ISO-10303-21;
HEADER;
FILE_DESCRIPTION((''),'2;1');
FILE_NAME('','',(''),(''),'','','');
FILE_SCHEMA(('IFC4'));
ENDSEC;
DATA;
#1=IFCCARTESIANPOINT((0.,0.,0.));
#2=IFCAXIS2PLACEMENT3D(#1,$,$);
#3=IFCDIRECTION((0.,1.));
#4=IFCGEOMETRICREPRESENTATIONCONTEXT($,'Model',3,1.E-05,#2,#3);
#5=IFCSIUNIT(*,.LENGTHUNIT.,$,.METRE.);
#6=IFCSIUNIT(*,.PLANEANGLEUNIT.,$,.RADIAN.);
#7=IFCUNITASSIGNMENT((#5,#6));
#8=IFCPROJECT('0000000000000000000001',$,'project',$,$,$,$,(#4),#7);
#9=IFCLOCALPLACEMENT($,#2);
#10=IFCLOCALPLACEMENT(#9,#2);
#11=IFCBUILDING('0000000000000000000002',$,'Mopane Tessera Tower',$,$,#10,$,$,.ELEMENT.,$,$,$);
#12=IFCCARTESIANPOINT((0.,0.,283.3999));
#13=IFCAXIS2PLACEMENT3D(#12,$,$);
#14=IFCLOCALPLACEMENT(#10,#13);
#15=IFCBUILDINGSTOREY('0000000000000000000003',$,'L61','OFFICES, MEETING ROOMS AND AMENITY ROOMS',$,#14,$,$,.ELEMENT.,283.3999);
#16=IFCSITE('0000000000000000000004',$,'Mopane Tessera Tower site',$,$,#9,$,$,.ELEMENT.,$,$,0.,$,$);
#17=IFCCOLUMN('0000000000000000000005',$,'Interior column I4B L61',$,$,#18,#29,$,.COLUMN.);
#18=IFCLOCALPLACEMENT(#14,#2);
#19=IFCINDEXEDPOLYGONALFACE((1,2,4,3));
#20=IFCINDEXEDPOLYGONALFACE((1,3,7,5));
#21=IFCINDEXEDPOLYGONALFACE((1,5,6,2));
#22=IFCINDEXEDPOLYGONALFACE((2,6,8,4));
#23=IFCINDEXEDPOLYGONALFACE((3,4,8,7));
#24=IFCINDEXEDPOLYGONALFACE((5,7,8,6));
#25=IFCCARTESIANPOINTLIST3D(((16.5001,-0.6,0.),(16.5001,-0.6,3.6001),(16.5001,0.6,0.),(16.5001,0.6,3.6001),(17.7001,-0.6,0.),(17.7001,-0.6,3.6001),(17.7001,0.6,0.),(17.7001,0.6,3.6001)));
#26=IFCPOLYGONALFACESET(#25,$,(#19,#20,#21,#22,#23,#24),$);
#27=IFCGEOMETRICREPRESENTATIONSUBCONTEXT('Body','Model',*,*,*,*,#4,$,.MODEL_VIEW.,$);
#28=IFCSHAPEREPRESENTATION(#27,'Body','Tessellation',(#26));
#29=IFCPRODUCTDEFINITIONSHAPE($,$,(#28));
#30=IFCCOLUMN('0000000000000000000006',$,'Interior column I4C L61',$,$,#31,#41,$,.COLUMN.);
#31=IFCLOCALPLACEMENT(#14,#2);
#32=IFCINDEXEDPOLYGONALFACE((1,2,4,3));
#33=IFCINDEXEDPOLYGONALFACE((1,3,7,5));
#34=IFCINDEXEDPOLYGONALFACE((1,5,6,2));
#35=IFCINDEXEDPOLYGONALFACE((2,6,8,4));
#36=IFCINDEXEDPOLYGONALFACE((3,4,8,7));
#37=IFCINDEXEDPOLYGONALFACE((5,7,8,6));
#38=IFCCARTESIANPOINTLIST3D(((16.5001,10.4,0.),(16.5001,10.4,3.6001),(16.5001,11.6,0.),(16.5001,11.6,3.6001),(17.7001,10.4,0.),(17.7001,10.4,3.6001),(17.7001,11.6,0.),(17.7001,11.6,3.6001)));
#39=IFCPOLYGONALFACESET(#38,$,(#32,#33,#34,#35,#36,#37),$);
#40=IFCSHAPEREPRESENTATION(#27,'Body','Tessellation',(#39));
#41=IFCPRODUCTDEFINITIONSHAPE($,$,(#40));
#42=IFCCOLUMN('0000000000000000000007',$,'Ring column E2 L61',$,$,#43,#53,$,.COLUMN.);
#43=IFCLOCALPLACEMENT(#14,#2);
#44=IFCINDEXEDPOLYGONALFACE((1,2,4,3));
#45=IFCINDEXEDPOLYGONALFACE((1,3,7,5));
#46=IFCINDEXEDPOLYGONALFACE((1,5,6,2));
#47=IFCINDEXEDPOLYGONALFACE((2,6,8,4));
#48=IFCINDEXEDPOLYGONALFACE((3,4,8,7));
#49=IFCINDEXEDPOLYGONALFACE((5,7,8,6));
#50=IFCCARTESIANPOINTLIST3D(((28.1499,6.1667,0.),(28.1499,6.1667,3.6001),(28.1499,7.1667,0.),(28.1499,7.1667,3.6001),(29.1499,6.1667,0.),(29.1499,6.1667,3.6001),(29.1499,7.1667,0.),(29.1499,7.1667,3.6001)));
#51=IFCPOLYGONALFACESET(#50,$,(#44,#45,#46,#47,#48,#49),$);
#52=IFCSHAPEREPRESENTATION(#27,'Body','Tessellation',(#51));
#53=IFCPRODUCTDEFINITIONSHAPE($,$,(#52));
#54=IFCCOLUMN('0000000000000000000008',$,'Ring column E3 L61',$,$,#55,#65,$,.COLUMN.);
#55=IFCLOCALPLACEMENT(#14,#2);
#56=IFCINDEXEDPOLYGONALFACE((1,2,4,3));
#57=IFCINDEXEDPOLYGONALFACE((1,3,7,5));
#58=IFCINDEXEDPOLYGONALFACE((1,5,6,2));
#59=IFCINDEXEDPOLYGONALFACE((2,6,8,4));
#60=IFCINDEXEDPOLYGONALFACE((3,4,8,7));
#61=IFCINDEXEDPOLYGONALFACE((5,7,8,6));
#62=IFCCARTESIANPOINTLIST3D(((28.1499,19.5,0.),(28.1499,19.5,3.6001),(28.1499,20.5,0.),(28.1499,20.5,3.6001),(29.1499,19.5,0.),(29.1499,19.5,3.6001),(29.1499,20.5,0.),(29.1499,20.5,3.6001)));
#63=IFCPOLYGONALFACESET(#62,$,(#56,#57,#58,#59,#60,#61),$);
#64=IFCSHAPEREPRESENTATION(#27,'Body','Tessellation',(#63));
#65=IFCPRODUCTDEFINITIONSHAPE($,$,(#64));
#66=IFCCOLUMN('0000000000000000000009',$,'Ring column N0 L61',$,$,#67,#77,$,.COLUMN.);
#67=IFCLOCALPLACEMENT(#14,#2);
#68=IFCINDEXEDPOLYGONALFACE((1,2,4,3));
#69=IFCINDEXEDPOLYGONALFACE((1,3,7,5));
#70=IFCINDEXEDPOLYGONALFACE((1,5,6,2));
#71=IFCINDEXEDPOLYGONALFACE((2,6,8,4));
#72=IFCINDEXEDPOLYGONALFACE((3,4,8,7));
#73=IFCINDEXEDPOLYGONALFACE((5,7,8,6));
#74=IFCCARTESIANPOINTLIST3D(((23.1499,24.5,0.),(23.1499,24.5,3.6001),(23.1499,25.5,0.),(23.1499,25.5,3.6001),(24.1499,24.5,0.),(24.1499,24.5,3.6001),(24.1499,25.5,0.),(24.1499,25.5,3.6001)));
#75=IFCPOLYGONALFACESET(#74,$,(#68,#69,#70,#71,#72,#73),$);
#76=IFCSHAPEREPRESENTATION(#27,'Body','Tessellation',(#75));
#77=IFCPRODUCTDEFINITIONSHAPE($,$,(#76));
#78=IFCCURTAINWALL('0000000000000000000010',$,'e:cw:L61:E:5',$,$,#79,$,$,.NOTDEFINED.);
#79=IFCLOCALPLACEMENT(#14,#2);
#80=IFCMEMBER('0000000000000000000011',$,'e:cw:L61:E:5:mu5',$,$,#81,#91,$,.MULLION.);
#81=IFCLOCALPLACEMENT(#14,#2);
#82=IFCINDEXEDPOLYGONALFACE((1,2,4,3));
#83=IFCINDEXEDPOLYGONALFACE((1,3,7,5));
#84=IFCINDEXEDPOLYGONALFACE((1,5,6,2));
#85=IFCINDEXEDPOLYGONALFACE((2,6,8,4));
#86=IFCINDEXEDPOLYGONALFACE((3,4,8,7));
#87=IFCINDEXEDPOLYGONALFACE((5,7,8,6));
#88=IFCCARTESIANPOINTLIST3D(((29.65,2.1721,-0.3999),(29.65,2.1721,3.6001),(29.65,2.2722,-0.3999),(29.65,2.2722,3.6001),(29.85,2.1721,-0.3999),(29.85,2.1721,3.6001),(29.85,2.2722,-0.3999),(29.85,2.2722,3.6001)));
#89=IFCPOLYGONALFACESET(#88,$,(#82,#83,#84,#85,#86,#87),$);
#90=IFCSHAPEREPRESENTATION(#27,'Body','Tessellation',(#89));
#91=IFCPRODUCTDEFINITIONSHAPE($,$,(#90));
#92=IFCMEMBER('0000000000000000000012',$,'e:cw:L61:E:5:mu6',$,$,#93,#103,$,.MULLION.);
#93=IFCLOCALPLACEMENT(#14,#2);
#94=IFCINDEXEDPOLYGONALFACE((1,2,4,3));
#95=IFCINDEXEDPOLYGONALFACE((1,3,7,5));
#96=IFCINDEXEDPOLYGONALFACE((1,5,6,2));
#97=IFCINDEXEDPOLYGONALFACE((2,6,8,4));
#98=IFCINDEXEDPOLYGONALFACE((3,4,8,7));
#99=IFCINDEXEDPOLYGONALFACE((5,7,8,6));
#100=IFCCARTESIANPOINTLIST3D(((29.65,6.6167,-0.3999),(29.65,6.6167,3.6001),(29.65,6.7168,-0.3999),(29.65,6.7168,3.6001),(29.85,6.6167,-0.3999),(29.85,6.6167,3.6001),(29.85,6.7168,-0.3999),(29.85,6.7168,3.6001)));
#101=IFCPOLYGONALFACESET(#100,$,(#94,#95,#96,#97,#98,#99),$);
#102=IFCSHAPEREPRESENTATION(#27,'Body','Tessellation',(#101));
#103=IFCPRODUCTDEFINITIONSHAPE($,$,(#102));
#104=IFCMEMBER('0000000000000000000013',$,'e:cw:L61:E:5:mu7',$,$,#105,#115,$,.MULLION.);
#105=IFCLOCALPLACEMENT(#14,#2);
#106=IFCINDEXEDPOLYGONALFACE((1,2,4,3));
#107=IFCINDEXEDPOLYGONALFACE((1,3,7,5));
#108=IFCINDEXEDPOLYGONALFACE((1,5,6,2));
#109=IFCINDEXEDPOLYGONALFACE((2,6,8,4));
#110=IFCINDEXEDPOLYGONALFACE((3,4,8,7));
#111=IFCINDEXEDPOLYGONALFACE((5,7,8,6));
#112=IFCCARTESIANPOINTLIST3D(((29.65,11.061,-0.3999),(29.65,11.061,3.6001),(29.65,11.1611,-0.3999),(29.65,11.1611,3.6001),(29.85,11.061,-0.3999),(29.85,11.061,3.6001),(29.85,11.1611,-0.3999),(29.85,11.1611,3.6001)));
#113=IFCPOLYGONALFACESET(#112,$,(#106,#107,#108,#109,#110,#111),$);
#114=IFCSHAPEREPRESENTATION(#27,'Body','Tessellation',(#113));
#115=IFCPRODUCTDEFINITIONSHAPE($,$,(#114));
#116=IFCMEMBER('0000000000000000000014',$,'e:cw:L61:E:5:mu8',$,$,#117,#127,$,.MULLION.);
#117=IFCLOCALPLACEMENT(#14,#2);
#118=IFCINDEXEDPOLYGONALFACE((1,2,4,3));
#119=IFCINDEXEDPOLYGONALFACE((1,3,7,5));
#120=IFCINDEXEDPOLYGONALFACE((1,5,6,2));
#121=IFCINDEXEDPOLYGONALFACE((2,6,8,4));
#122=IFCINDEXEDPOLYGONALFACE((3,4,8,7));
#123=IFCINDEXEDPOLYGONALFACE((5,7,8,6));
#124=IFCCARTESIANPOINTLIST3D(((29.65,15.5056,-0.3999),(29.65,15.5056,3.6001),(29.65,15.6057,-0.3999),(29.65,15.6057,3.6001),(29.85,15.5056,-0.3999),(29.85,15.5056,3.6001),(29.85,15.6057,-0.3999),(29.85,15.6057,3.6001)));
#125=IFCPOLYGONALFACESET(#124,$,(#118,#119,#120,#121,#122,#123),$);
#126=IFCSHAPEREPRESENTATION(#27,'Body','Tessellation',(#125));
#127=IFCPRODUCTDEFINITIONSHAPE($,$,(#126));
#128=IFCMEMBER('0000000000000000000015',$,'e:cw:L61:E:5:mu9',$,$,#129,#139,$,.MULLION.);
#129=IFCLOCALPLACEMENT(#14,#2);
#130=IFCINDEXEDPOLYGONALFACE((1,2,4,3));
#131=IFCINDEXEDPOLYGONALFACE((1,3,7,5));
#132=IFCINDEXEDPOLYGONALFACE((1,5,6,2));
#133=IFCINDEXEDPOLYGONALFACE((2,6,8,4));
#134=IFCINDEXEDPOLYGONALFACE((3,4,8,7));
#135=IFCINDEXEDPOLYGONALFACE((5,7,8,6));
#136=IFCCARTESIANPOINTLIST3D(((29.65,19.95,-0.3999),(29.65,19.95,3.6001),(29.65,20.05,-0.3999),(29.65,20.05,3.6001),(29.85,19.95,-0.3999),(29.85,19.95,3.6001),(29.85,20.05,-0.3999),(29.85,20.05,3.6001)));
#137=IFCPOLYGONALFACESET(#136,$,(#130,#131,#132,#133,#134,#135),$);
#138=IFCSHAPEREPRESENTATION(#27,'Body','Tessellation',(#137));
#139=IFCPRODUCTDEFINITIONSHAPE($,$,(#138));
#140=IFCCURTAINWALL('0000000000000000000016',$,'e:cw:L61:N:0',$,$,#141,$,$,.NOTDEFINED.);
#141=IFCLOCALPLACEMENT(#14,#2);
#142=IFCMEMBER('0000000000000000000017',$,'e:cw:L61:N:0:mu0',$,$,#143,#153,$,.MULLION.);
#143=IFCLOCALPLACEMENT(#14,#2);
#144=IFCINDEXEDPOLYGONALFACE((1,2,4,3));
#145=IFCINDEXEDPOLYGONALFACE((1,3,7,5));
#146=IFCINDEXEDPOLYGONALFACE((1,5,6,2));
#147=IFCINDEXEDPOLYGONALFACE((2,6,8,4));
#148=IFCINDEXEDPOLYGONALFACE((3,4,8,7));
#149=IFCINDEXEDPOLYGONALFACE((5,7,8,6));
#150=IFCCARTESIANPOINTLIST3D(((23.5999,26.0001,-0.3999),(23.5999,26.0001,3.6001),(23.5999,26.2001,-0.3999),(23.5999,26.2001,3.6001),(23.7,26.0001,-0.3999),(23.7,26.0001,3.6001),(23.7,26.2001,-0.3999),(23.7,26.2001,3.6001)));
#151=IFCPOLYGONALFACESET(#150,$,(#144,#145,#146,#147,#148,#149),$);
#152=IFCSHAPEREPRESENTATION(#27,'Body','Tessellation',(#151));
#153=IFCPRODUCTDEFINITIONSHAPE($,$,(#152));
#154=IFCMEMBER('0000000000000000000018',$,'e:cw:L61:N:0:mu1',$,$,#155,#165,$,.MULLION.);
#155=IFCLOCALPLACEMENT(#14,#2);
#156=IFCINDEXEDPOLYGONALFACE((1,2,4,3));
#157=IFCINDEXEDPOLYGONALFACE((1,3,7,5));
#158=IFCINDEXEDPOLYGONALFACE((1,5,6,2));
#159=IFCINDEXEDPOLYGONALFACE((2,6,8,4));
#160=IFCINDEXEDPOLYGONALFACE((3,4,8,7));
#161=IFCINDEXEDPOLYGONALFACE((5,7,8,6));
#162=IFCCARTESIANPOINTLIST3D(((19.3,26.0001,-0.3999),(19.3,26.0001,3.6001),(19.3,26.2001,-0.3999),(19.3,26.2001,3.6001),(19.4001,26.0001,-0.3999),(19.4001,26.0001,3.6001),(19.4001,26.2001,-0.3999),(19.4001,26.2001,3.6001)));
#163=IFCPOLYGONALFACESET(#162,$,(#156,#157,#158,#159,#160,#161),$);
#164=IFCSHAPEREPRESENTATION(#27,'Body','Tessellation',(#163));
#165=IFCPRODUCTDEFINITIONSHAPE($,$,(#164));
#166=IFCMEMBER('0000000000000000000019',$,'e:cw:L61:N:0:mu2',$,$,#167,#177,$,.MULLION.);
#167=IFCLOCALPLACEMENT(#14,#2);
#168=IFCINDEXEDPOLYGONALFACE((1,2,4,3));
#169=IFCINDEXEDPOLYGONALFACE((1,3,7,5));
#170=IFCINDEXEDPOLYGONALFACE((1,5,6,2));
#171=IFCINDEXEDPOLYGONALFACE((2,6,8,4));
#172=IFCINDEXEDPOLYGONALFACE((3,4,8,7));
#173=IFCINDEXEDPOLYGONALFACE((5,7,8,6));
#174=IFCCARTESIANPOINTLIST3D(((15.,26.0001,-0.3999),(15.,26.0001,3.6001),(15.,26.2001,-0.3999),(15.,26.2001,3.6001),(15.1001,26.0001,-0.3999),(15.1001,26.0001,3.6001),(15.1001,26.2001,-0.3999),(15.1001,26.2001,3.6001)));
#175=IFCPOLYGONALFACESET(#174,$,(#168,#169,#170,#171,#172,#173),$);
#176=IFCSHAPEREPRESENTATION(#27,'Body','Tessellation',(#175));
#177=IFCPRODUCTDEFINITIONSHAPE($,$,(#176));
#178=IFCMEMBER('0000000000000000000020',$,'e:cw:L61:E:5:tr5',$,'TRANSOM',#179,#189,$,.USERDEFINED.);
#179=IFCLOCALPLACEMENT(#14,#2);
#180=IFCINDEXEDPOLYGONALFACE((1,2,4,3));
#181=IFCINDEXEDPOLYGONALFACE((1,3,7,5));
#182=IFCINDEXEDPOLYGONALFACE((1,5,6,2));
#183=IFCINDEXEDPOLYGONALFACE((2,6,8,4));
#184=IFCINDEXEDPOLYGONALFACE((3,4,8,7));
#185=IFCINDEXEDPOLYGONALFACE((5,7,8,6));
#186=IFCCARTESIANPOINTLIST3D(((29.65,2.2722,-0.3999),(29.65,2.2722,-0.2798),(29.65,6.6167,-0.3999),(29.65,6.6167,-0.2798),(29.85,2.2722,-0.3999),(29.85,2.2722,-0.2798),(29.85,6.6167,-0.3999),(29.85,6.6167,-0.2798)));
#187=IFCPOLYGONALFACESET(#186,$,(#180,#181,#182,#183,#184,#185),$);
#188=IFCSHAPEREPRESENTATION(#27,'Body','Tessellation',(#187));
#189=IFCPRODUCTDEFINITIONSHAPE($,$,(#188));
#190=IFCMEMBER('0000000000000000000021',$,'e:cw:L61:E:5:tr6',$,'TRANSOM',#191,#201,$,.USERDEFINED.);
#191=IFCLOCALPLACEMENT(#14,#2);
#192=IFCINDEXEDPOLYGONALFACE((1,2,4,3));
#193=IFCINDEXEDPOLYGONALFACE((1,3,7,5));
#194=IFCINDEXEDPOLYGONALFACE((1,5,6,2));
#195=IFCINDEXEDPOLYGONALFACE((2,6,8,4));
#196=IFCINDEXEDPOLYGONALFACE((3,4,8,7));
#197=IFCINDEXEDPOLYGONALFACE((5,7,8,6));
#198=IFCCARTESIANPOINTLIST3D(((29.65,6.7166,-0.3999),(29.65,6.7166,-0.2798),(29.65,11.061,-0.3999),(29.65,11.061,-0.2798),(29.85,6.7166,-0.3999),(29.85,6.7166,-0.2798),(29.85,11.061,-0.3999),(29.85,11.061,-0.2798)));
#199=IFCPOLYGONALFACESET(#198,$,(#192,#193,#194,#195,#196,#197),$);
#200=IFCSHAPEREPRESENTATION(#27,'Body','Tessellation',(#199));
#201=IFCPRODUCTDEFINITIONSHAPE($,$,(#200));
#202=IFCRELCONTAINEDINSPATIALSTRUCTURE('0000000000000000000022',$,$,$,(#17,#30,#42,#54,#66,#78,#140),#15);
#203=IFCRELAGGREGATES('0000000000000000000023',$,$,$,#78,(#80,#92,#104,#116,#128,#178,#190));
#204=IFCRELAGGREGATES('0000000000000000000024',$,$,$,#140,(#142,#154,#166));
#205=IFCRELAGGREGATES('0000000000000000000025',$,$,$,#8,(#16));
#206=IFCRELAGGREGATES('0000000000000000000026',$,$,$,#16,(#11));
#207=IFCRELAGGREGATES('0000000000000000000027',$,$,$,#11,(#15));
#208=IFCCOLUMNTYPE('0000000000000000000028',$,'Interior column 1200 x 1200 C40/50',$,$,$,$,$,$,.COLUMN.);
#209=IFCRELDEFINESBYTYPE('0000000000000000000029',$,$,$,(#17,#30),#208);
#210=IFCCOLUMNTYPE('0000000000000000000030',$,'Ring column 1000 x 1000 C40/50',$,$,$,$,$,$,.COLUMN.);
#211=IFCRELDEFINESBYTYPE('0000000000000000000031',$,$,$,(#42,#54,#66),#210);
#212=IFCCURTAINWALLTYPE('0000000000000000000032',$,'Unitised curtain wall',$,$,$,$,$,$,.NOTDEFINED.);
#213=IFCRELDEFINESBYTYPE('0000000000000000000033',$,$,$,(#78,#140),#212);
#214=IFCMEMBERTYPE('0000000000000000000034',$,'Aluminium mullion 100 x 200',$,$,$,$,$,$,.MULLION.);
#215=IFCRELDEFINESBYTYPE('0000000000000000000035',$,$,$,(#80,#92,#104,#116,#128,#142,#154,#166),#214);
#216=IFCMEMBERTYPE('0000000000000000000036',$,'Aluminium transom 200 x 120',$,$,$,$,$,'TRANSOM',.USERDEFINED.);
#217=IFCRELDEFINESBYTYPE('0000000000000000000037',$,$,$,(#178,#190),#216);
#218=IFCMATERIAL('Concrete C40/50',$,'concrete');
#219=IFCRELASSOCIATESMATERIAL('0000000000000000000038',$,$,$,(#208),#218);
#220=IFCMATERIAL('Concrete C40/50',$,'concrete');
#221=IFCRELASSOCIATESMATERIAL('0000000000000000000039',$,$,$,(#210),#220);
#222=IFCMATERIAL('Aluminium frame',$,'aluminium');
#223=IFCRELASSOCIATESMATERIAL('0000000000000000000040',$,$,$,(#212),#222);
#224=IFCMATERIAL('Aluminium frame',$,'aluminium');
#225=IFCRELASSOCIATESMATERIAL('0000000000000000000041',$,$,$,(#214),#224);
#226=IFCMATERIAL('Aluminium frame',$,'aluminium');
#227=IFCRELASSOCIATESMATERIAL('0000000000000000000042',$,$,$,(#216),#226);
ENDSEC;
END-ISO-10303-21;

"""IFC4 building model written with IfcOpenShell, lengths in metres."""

from ifc_helpers import new_model, si_unit, direction, frame, origin, origin_2d, place, context, subcontext, project, spatial, rectangle, extrude, material, material_profile, profile_set, type_object, element, aggregate, save


model = new_model("IFC4")

# Units and contexts
model_context = context("Model", 3, precision=1e-05, world=origin(), true_north=direction((0.0, 1.0)))
body_context = subcontext(model_context, "Body", "Model", "MODEL_VIEW")
ifc_project = project(units=[si_unit("LENGTHUNIT", "METRE"), si_unit("PLANEANGLEUNIT", "RADIAN")], contexts=[model_context])

# Site, building, storey
site_placement = place(None, origin())
site = spatial("IfcSite", under=ifc_project, at=site_placement, Name="Mopane Tessera Tower site", CompositionType="ELEMENT", RefElevation=0.0)
building_placement = place(site_placement, origin())
building = spatial("IfcBuilding", under=site, at=building_placement, Name="Mopane Tessera Tower", CompositionType="ELEMENT")
storey_placement = place(building_placement, frame((0.0, 0.0, 283.3999)))
storey = spatial("IfcBuildingStorey", under=building, at=storey_placement, Name="L61", Description="OFFICES, MEETING ROOMS AND AMENITY ROOMS", CompositionType="ELEMENT", Elevation=283.3999)

# Columns
ifc_material_1 = material(Name="Concrete C40/50", Category="concrete")
ifc_material_profile_1 = material_profile(ifc_material_1, rectangle(XDim=1.2, YDim=1.2, at=origin_2d()))
ifc_profile_set_1 = profile_set([ifc_material_profile_1], Name="Concrete C40/50")
column_type_1 = type_object("IfcColumnType", Name="Interior column 1200 x 1200 C40/50", PredefinedType="COLUMN", material=ifc_profile_set_1)
for number, where, z_axis, x_axis, name in (
    (1, (17.1001, 0.0, 0.0), (0.0, 0.0, 1.0), (1.0, 0.0, 0.0), "Interior column I4B L61"),
    (2, (17.1001, 11.0, 0.0), (0.0, 0.0, 1.0), (1.0, 0.0, 0.0), "Interior column I4C L61"),
):
    element("IfcColumn", number, at=place(storey_placement, frame(where, z_axis=z_axis, x_axis=x_axis)), inside=storey, type_object=column_type_1, Name=name, PredefinedType="COLUMN", context=body_context, shape_type="SweptSolid", body=[
        extrude(rectangle(XDim=1.2, YDim=1.2, at=origin_2d()), origin(), (0.0, 0.0, 1.0), 3.6001),
    ])
ifc_material_2 = material(Name="Concrete C40/50", Category="concrete")
ifc_material_profile_2 = material_profile(ifc_material_2, rectangle(XDim=1.0, YDim=1.0, at=origin_2d()))
ifc_profile_set_2 = profile_set([ifc_material_profile_2], Name="Concrete C40/50")
column_type_2 = type_object("IfcColumnType", Name="Ring column 1000 x 1000 C40/50", PredefinedType="COLUMN", material=ifc_profile_set_2)
for number, where, z_axis, x_axis, name in (
    (3, (28.6499, 6.6667, 0.0), (0.0, 0.0, 1.0), (1.0, 0.0, 0.0), "Ring column E2 L61"),
    (4, (28.6499, 20.0, 0.0), (0.0, 0.0, 1.0), (1.0, 0.0, 0.0), "Ring column E3 L61"),
    (5, (23.6499, 25.0, 0.0), (0.0, 0.0, 1.0), (1.0, 0.0, 0.0), "Ring column N0 L61"),
):
    element("IfcColumn", number, at=place(storey_placement, frame(where, z_axis=z_axis, x_axis=x_axis)), inside=storey, type_object=column_type_2, Name=name, PredefinedType="COLUMN", context=body_context, shape_type="SweptSolid", body=[
        extrude(rectangle(XDim=1.0, YDim=1.0, at=origin_2d()), origin(), (0.0, 0.0, 1.0), 3.6001),
    ])

# Curtain walls, members
ifc_material_3 = material(Name="Aluminium frame", Category="aluminium")
curtain_wall_type = type_object("IfcCurtainWallType", Name="Unitised curtain wall", PredefinedType="NOTDEFINED", material=ifc_material_3)
curtain_wall_1_placement = place(storey_placement, origin())
curtain_wall_1 = element("IfcCurtainWall", 6, at=curtain_wall_1_placement, inside=storey, type_object=curtain_wall_type, Name="e:cw:L61:E:5", PredefinedType="NOTDEFINED")
ifc_material_4 = material(Name="Aluminium frame", Category="aluminium")
ifc_material_profile_3 = material_profile(ifc_material_4, rectangle(XDim=0.1001, YDim=0.2, at=origin_2d()))
ifc_profile_set_3 = profile_set([ifc_material_profile_3], Name="Aluminium frame")
member_type_1 = type_object("IfcMemberType", Name="Aluminium mullion 100 x 200", PredefinedType="MULLION", material=ifc_profile_set_3)
member_1_placement = place(storey_placement, frame((29.75, 2.2222, -0.3999), z_axis=(0.0, 0.0, 1.0), x_axis=(0.0, 1.0, 0.0)))
member_1 = element("IfcMember", 7, at=member_1_placement, type_object=member_type_1, Name="e:cw:L61:E:5:mu5", PredefinedType="MULLION", context=body_context, shape_type="SweptSolid", body=[
    extrude(rectangle(XDim=0.1001, YDim=0.2, at=origin_2d()), origin(), (0.0, 0.0, 1.0), 4.0),
])
member_2_placement = place(storey_placement, frame((29.75, 6.6667, -0.3999), z_axis=(0.0, 0.0, 1.0), x_axis=(0.0, 1.0, 0.0)))
member_2 = element("IfcMember", 8, at=member_2_placement, type_object=member_type_1, Name="e:cw:L61:E:5:mu6", PredefinedType="MULLION", context=body_context, shape_type="SweptSolid", body=[
    extrude(rectangle(XDim=0.1001, YDim=0.2, at=origin_2d()), origin(), (0.0, 0.0, 1.0), 4.0),
])
member_3_placement = place(storey_placement, frame((29.75, 11.1111, -0.3999), z_axis=(0.0, 0.0, 1.0), x_axis=(0.0, 1.0, 0.0)))
member_3 = element("IfcMember", 9, at=member_3_placement, type_object=member_type_1, Name="e:cw:L61:E:5:mu7", PredefinedType="MULLION", context=body_context, shape_type="SweptSolid", body=[
    extrude(rectangle(XDim=0.1001, YDim=0.2, at=origin_2d()), origin(), (0.0, 0.0, 1.0), 4.0),
])
member_4_placement = place(storey_placement, frame((29.75, 15.5557, -0.3999), z_axis=(0.0, 0.0, 1.0), x_axis=(0.0, 1.0, 0.0)))
member_4 = element("IfcMember", 10, at=member_4_placement, type_object=member_type_1, Name="e:cw:L61:E:5:mu8", PredefinedType="MULLION", context=body_context, shape_type="SweptSolid", body=[
    extrude(rectangle(XDim=0.1001, YDim=0.2, at=origin_2d()), origin(), (0.0, 0.0, 1.0), 4.0),
])
member_5_placement = place(storey_placement, frame((29.75, 20.0, -0.3999), z_axis=(0.0, 0.0, 1.0), x_axis=(0.0, 1.0, 0.0)))
member_5 = element("IfcMember", 11, at=member_5_placement, type_object=member_type_1, Name="e:cw:L61:E:5:mu9", PredefinedType="MULLION", context=body_context, shape_type="SweptSolid", body=[
    extrude(rectangle(XDim=0.1001, YDim=0.2, at=origin_2d()), origin(), (0.0, 0.0, 1.0), 4.0),
])
curtain_wall_2_placement = place(storey_placement, origin())
curtain_wall_2 = element("IfcCurtainWall", 12, at=curtain_wall_2_placement, inside=storey, type_object=curtain_wall_type, Name="e:cw:L61:N:0", PredefinedType="NOTDEFINED")
member_6_placement = place(storey_placement, frame((23.6499, 26.1001, -0.3999), z_axis=(0.0, 0.0, 1.0), x_axis=(-1.0, 0.0, 0.0)))
member_6 = element("IfcMember", 13, at=member_6_placement, type_object=member_type_1, Name="e:cw:L61:N:0:mu0", PredefinedType="MULLION", context=body_context, shape_type="SweptSolid", body=[
    extrude(rectangle(XDim=0.1001, YDim=0.2, at=origin_2d()), origin(), (0.0, 0.0, 1.0), 4.0),
])
member_7_placement = place(storey_placement, frame((19.3501, 26.1001, -0.3999), z_axis=(0.0, 0.0, 1.0), x_axis=(-1.0, 0.0, 0.0)))
member_7 = element("IfcMember", 14, at=member_7_placement, type_object=member_type_1, Name="e:cw:L61:N:0:mu1", PredefinedType="MULLION", context=body_context, shape_type="SweptSolid", body=[
    extrude(rectangle(XDim=0.1001, YDim=0.2, at=origin_2d()), origin(), (0.0, 0.0, 1.0), 4.0),
])
member_8_placement = place(storey_placement, frame((15.05, 26.1001, -0.3999), z_axis=(0.0, 0.0, 1.0), x_axis=(-1.0, 0.0, 0.0)))
member_8 = element("IfcMember", 15, at=member_8_placement, type_object=member_type_1, Name="e:cw:L61:N:0:mu2", PredefinedType="MULLION", context=body_context, shape_type="SweptSolid", body=[
    extrude(rectangle(XDim=0.1001, YDim=0.2, at=origin_2d()), origin(), (0.0, 0.0, 1.0), 4.0),
])

# Members
ifc_material_5 = material(Name="Aluminium frame", Category="aluminium")
ifc_material_profile_4 = material_profile(ifc_material_5, rectangle(XDim=0.2, YDim=0.1201, at=origin_2d()))
ifc_profile_set_4 = profile_set([ifc_material_profile_4], Name="Aluminium frame")
member_type_2 = type_object("IfcMemberType", Name="Aluminium transom 200 x 120", ElementType="TRANSOM", PredefinedType="USERDEFINED", material=ifc_profile_set_4)
member_9_placement = place(storey_placement, frame((29.75, 2.2722, -0.3398), z_axis=(0.0, 1.0, 0.0), x_axis=(-1.0, 0.0, 0.0)))
member_9 = element("IfcMember", 16, at=member_9_placement, type_object=member_type_2, Name="e:cw:L61:E:5:tr5", ObjectType="TRANSOM", PredefinedType="USERDEFINED", context=body_context, shape_type="SweptSolid", body=[
    extrude(rectangle(XDim=0.2, YDim=0.1201, at=origin_2d()), origin(), (0.0, 0.0, 1.0), 4.3445),
])
member_10_placement = place(storey_placement, frame((29.75, 6.7166, -0.3398), z_axis=(0.0, 1.0, 0.0), x_axis=(-1.0, 0.0, 0.0)))
member_10 = element("IfcMember", 17, at=member_10_placement, type_object=member_type_2, Name="e:cw:L61:E:5:tr6", ObjectType="TRANSOM", PredefinedType="USERDEFINED", context=body_context, shape_type="SweptSolid", body=[
    extrude(rectangle(XDim=0.2, YDim=0.1201, at=origin_2d()), origin(), (0.0, 0.0, 1.0), 4.3445),
])

aggregate(curtain_wall_1, [member_1, member_2, member_3, member_4, member_5, member_9, member_10])
aggregate(curtain_wall_2, [member_6, member_7, member_8])

save(model, "model.ifc")
